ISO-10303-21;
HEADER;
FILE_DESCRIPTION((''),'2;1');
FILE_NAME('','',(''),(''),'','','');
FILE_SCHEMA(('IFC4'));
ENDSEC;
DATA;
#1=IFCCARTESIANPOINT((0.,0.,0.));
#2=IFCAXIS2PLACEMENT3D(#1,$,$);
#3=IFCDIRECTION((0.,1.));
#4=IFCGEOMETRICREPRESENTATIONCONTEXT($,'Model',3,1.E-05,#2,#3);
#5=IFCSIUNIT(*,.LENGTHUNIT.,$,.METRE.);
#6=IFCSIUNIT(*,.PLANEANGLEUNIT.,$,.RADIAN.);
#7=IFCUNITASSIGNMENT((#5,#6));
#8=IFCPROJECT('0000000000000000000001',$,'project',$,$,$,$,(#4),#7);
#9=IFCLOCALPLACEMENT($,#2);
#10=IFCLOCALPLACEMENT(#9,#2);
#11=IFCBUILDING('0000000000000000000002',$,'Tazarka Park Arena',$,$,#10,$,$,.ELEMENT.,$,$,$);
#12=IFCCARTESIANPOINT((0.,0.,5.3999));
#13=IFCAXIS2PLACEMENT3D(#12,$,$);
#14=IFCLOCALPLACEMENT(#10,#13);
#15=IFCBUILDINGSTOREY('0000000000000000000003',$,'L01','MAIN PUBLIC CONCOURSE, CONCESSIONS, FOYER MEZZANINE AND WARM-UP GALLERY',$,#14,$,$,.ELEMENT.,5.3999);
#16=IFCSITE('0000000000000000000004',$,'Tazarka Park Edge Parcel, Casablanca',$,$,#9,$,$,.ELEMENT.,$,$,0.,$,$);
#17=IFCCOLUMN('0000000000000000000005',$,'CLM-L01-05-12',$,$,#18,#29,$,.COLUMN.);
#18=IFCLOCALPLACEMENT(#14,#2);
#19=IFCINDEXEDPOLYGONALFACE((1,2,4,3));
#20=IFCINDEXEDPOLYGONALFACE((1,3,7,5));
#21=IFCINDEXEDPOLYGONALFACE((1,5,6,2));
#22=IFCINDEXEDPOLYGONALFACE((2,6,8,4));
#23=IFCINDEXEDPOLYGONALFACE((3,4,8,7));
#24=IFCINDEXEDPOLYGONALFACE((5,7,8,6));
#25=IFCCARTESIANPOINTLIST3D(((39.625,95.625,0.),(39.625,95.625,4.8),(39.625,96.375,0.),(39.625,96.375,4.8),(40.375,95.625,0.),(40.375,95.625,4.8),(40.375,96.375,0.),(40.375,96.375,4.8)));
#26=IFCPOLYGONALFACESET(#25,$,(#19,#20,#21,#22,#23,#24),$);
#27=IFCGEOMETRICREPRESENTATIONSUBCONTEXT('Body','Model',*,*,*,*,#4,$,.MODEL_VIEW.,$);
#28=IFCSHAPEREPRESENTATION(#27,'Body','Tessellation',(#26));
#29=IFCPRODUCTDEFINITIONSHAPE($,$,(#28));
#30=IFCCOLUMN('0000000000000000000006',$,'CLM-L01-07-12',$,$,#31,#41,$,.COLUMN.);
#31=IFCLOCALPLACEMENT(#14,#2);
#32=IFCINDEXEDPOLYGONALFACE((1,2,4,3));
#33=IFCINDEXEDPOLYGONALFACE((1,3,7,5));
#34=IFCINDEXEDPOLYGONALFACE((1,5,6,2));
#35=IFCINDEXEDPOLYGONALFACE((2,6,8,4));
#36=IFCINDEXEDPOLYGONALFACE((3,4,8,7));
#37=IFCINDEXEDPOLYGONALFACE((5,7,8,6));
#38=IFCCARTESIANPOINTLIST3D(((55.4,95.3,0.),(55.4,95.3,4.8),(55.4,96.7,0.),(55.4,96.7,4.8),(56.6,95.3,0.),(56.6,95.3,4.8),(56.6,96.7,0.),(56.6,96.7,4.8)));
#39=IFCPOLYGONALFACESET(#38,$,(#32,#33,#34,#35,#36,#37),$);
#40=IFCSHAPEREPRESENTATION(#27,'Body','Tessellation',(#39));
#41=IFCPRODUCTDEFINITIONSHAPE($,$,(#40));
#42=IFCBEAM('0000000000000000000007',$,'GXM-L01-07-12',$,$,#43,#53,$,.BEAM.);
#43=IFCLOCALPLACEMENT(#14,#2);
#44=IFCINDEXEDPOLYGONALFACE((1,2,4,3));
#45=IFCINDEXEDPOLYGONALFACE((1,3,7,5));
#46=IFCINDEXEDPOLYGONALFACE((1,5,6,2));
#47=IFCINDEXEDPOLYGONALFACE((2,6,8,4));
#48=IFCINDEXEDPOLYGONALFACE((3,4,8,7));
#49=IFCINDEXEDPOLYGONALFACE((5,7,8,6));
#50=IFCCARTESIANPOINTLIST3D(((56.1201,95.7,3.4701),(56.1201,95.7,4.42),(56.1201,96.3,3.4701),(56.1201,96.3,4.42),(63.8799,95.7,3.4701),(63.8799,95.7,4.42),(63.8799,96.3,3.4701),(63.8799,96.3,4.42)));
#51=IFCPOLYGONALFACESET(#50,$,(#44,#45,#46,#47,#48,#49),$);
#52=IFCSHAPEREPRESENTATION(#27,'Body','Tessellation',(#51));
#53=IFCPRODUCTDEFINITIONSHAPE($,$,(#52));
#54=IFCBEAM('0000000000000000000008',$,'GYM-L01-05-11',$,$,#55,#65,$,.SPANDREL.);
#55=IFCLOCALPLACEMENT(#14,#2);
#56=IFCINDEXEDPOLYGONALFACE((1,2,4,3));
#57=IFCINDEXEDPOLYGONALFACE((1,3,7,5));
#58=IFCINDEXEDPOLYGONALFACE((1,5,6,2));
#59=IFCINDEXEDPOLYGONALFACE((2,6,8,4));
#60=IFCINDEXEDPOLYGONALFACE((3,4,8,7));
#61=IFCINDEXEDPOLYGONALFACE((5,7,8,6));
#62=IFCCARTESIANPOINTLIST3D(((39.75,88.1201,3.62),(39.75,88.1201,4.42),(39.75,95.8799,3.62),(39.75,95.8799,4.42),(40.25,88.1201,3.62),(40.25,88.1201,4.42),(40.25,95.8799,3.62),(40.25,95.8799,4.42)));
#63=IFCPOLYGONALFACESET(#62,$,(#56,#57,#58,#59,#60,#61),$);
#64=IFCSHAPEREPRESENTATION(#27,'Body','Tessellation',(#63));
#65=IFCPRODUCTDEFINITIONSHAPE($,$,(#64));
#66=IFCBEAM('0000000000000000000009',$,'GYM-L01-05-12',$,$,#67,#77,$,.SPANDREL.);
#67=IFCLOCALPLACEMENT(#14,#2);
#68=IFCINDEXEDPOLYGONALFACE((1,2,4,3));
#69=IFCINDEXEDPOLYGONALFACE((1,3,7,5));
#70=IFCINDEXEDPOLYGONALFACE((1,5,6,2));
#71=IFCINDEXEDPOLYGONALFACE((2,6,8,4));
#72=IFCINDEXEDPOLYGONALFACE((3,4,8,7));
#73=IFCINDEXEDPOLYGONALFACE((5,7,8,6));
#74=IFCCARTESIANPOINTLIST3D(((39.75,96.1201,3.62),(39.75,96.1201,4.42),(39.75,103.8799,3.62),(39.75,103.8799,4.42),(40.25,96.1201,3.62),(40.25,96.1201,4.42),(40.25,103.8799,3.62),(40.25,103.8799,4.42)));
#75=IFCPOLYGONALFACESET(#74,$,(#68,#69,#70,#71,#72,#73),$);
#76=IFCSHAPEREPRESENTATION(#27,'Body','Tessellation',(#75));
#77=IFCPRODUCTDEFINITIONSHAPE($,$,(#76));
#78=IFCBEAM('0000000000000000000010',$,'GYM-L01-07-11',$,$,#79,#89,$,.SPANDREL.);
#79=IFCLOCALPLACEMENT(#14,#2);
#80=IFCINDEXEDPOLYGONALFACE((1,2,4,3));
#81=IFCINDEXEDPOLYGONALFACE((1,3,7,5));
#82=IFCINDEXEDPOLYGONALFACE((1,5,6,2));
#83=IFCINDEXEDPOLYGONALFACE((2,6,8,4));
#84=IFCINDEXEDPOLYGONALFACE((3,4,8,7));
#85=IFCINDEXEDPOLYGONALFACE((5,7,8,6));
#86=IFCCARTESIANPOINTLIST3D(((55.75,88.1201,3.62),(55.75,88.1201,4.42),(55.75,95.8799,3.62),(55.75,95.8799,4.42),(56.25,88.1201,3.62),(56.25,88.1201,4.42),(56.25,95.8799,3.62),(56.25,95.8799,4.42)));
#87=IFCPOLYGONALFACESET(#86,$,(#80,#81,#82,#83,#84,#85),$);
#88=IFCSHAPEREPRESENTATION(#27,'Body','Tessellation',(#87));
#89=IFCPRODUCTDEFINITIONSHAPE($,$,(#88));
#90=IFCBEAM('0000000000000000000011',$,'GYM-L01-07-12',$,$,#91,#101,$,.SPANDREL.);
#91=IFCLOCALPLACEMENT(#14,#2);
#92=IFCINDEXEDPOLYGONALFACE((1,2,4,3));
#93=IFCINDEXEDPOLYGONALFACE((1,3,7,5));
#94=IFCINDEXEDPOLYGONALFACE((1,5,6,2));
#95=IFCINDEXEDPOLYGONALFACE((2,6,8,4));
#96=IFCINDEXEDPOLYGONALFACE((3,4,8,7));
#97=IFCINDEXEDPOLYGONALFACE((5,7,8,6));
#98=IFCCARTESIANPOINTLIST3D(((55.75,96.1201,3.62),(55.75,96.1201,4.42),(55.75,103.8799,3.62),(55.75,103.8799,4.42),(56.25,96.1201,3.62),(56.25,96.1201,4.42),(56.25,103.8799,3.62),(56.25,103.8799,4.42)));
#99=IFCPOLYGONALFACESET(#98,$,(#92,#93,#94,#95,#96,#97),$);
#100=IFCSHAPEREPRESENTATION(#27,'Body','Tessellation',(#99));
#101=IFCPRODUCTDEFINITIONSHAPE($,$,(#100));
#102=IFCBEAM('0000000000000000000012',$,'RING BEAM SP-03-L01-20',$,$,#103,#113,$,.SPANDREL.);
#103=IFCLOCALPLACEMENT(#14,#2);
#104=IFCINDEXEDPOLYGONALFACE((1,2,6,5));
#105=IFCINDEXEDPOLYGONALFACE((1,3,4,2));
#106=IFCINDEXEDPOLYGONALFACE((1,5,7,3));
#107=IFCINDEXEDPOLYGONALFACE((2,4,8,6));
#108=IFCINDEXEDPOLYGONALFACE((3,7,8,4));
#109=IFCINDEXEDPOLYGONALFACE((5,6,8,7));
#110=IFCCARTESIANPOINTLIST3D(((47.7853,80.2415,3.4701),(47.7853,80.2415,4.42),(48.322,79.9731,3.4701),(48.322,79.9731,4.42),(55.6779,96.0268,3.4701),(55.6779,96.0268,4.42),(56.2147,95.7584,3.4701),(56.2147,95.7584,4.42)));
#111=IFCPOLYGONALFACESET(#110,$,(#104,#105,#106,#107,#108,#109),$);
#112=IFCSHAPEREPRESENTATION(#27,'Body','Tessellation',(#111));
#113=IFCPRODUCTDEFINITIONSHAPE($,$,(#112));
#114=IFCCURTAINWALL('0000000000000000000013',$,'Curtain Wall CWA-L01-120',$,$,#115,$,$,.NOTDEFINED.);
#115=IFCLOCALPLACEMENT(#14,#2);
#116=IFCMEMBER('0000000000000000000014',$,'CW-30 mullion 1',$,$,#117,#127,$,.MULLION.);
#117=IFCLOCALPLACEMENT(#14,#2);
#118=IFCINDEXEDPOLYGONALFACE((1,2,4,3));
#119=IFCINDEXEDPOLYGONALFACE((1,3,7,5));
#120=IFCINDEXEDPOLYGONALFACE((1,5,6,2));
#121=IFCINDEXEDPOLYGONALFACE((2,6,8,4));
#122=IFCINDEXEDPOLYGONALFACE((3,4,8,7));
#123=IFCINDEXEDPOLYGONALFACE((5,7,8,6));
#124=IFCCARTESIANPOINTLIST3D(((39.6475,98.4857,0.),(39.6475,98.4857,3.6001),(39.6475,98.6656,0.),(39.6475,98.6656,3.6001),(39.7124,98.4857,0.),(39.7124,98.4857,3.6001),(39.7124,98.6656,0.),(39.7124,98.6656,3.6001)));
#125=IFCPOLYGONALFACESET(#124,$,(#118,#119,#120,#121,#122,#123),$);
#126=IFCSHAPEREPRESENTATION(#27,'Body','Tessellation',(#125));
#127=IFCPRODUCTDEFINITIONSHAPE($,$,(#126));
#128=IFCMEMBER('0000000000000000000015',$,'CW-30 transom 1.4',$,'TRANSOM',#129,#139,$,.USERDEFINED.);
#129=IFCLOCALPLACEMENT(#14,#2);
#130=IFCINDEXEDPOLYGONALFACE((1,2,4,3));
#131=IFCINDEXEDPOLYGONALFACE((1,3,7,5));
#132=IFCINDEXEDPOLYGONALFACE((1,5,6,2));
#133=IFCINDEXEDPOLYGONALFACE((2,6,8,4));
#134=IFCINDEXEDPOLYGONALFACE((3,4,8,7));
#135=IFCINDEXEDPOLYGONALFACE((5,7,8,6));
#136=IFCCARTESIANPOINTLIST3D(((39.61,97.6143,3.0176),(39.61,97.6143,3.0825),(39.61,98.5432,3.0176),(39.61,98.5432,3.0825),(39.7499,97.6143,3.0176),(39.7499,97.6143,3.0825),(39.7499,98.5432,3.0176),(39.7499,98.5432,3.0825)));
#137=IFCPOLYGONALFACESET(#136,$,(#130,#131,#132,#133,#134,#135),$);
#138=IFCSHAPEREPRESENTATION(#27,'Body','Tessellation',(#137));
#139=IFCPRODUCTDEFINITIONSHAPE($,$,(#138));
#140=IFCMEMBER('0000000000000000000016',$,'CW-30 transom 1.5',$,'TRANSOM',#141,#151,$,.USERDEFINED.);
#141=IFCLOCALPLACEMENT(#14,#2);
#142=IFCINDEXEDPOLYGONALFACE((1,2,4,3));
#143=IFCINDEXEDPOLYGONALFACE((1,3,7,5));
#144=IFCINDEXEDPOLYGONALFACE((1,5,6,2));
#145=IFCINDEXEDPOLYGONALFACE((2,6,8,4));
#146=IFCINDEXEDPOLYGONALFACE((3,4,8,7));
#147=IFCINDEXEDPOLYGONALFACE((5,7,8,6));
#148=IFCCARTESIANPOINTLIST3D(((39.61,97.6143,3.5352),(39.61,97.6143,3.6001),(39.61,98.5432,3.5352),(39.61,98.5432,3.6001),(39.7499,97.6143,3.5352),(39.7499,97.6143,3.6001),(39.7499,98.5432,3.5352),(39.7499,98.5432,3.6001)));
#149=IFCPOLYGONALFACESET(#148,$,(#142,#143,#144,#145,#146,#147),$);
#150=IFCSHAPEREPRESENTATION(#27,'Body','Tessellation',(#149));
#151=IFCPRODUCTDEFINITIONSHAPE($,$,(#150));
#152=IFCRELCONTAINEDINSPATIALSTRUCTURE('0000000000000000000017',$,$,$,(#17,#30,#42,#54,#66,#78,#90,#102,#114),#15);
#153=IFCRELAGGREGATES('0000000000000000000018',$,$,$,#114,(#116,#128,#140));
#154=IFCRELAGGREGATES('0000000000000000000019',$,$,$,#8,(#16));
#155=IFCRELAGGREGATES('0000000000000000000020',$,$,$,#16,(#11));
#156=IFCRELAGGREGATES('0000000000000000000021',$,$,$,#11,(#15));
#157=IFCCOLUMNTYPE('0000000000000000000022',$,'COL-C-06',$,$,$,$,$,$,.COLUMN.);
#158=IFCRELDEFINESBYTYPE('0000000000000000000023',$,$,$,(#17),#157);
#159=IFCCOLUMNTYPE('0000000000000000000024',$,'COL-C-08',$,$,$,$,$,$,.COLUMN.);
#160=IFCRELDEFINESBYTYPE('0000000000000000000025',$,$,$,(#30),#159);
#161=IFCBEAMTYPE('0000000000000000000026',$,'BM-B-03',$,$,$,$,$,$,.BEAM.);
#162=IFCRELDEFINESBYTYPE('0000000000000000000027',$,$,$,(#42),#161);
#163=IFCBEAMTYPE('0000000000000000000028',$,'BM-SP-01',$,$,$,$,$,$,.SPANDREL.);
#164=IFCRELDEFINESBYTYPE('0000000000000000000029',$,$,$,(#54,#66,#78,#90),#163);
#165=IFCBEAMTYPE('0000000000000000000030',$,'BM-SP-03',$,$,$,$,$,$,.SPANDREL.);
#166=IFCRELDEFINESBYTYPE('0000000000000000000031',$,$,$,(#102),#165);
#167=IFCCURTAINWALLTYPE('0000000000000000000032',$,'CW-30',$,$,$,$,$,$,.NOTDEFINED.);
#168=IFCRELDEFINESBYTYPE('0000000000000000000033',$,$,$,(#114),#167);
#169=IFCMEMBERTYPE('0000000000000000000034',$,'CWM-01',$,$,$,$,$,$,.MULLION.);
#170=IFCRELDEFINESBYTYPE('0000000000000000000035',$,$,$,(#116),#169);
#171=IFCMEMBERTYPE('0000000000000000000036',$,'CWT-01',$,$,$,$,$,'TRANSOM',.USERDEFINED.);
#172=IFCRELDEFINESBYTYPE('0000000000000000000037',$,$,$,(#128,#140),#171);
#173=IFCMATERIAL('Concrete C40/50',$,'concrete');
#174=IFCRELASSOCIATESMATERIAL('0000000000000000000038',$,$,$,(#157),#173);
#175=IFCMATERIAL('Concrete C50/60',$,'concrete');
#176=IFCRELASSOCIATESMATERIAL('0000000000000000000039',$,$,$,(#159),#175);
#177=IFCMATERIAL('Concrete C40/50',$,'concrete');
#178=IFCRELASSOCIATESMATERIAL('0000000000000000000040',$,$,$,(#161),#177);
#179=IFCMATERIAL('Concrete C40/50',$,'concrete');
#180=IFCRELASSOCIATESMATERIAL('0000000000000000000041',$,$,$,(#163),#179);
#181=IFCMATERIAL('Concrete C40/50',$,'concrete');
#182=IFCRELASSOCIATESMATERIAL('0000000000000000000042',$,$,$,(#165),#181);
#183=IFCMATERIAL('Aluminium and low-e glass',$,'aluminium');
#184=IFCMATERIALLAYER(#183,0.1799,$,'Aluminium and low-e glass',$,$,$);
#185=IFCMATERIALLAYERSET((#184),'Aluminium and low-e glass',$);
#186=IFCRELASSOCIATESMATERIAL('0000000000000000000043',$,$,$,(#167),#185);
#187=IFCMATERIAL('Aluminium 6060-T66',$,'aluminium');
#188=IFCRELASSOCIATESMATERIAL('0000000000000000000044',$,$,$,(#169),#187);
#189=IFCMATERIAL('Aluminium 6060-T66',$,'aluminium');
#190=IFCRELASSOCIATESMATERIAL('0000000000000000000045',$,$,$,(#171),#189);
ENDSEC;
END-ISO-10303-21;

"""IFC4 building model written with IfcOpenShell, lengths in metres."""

from ifc_helpers import new_model, si_unit, direction, frame, origin, origin_2d, place, context, subcontext, project, spatial, rectangle, extrude, material, layer, layer_set, material_profile, profile_set, type_object, element, aggregate, save


model = new_model("IFC4")

# Units and contexts
model_context = context("Model", 3, precision=1e-05, world=origin(), true_north=direction((0.0, 1.0)))
body_context = subcontext(model_context, "Body", "Model", "MODEL_VIEW")
ifc_project = project(units=[si_unit("LENGTHUNIT", "METRE"), si_unit("PLANEANGLEUNIT", "RADIAN")], contexts=[model_context])

# Site, building, storey
site_placement = place(None, origin())
site = spatial("IfcSite", under=ifc_project, at=site_placement, Name="Tazarka Park Edge Parcel, Casablanca", CompositionType="ELEMENT", RefElevation=0.0)
building_placement = place(site_placement, origin())
building = spatial("IfcBuilding", under=site, at=building_placement, Name="Tazarka Park Arena", CompositionType="ELEMENT")
storey_placement = place(building_placement, frame((0.0, 0.0, 5.3999)))
storey = spatial("IfcBuildingStorey", under=building, at=storey_placement, Name="L01", Description="MAIN PUBLIC CONCOURSE, CONCESSIONS, FOYER MEZZANINE AND WARM-UP GALLERY", CompositionType="ELEMENT", Elevation=5.3999)

# Columns
ifc_material_1 = material(Name="Concrete C40/50", Category="concrete")
ifc_material_profile_1 = material_profile(ifc_material_1, rectangle(XDim=0.75, YDim=0.75, at=origin_2d()), Name="Concrete C40/50")
ifc_profile_set_1 = profile_set([ifc_material_profile_1], Name="Concrete C40/50")
column_type_1 = type_object("IfcColumnType", Name="COL-C-06", PredefinedType="COLUMN", material=ifc_profile_set_1)
column_1_placement = place(storey_placement, frame((40.0, 96.0, 0.0), z_axis=(0.0, 0.0, 1.0), x_axis=(1.0, 0.0, 0.0)))
element("IfcColumn", 1, at=column_1_placement, inside=storey, type_object=column_type_1, Name="CLM-L01-05-12", PredefinedType="COLUMN", context=body_context, shape_type="SweptSolid", body=[
    extrude(rectangle(XDim=0.75, YDim=0.75, at=origin_2d()), origin(), (0.0, 0.0, 1.0), 4.8),
])
ifc_material_2 = material(Name="Concrete C50/60", Category="concrete")
ifc_material_profile_2 = material_profile(ifc_material_2, rectangle(XDim=1.2, YDim=1.3999, at=origin_2d()), Name="Concrete C50/60")
ifc_profile_set_2 = profile_set([ifc_material_profile_2], Name="Concrete C50/60")
column_type_2 = type_object("IfcColumnType", Name="COL-C-08", PredefinedType="COLUMN", material=ifc_profile_set_2)
column_2_placement = place(storey_placement, frame((56.0, 96.0, 0.0), z_axis=(0.0, 0.0, 1.0), x_axis=(1.0, 0.0, 0.0)))
element("IfcColumn", 2, at=column_2_placement, inside=storey, type_object=column_type_2, Name="CLM-L01-07-12", PredefinedType="COLUMN", context=body_context, shape_type="SweptSolid", body=[
    extrude(rectangle(XDim=1.2, YDim=1.3999, at=origin_2d()), origin(), (0.0, 0.0, 1.0), 4.8),
])

# Beams
ifc_material_3 = material(Name="Concrete C40/50", Category="concrete")
ifc_material_profile_3 = material_profile(ifc_material_3, rectangle(XDim=0.6001, YDim=0.95, at=origin_2d()), Name="Concrete C40/50")
ifc_profile_set_3 = profile_set([ifc_material_profile_3], Name="Concrete C40/50")
beam_type_1 = type_object("IfcBeamType", Name="BM-B-03", PredefinedType="BEAM", material=ifc_profile_set_3)
beam_1_placement = place(storey_placement, frame((56.1201, 96.0, 3.9451), z_axis=(1.0, 0.0, 0.0), x_axis=(0.0, 1.0, 0.0)))
element("IfcBeam", 3, at=beam_1_placement, inside=storey, type_object=beam_type_1, Name="GXM-L01-07-12", PredefinedType="BEAM", context=body_context, shape_type="SweptSolid", body=[
    extrude(rectangle(XDim=0.6001, YDim=0.95, at=origin_2d()), origin(), (0.0, 0.0, 1.0), 7.7598),
])
ifc_material_4 = material(Name="Concrete C40/50", Category="concrete")
ifc_material_profile_4 = material_profile(ifc_material_4, rectangle(XDim=0.5, YDim=0.8, at=origin_2d()), Name="Concrete C40/50")
ifc_profile_set_4 = profile_set([ifc_material_profile_4], Name="Concrete C40/50")
beam_type_2 = type_object("IfcBeamType", Name="BM-SP-01", PredefinedType="SPANDREL", material=ifc_profile_set_4)
for number, where, z_axis, x_axis, name in (
    (4, (40.0, 88.1201, 4.02), (0.0, 1.0, 0.0), (-1.0, 0.0, 0.0), "GYM-L01-05-11"),
    (5, (40.0, 96.1201, 4.02), (0.0, 1.0, 0.0), (-1.0, 0.0, 0.0), "GYM-L01-05-12"),
    (6, (56.0, 88.1201, 4.02), (0.0, 1.0, 0.0), (-1.0, 0.0, 0.0), "GYM-L01-07-11"),
    (7, (56.0, 96.1201, 4.02), (0.0, 1.0, 0.0), (-1.0, 0.0, 0.0), "GYM-L01-07-12"),
):
    element("IfcBeam", number, at=place(storey_placement, frame(where, z_axis=z_axis, x_axis=x_axis)), inside=storey, type_object=beam_type_2, Name=name, PredefinedType="SPANDREL", context=body_context, shape_type="SweptSolid", body=[
        extrude(rectangle(XDim=0.5, YDim=0.8, at=origin_2d()), origin(), (0.0, 0.0, 1.0), 7.7598),
    ])
ifc_material_5 = material(Name="Concrete C40/50", Category="concrete")
ifc_material_profile_5 = material_profile(ifc_material_5, rectangle(XDim=0.6001, YDim=0.95, at=origin_2d()), Name="Concrete C40/50")
ifc_profile_set_5 = profile_set([ifc_material_profile_5], Name="Concrete C40/50")
beam_type_3 = type_object("IfcBeamType", Name="BM-SP-03", PredefinedType="SPANDREL", material=ifc_profile_set_5)
beam_2_placement = place(storey_placement, frame((55.9463, 95.8926, 3.9451), z_axis=(-0.447214, -0.894427, 0.0), x_axis=(0.894427, -0.447214, 0.0)))
element("IfcBeam", 8, at=beam_2_placement, inside=storey, type_object=beam_type_3, Name="RING BEAM SP-03-L01-20", PredefinedType="SPANDREL", context=body_context, shape_type="SweptSolid", body=[
    extrude(rectangle(XDim=0.6001, YDim=0.95, at=origin_2d()), origin(), (0.0, 0.0, 1.0), 17.6484),
])

# Curtain wall, members
ifc_material_6 = material(Name="Aluminium and low-e glass", Category="aluminium")
ifc_layer_1 = layer(ifc_material_6, 0.1799, Name="Aluminium and low-e glass")
ifc_layer_set_1 = layer_set([ifc_layer_1], Name="Aluminium and low-e glass")
curtain_wall_type = type_object("IfcCurtainWallType", Name="CW-30", PredefinedType="NOTDEFINED", material=ifc_layer_set_1)
curtain_wall_placement = place(storey_placement, origin())
curtain_wall = element("IfcCurtainWall", 9, at=curtain_wall_placement, inside=storey, type_object=curtain_wall_type, Name="Curtain Wall CWA-L01-120", PredefinedType="NOTDEFINED")
ifc_material_7 = material(Name="Aluminium 6060-T66", Category="aluminium")
ifc_material_profile_6 = material_profile(ifc_material_7, rectangle(XDim=0.0649, YDim=0.1799, at=origin_2d()), Name="Aluminium 6060-T66")
ifc_profile_set_6 = profile_set([ifc_material_profile_6], Name="Aluminium 6060-T66")
member_type_1 = type_object("IfcMemberType", Name="CWM-01", PredefinedType="MULLION", material=ifc_profile_set_6)
member_1_placement = place(storey_placement, frame((39.6799, 98.5757, 0.0), z_axis=(0.0, 0.0, 1.0), x_axis=(1.0, 0.0, 0.0)))
member_1 = element("IfcMember", 10, at=member_1_placement, type_object=member_type_1, Name="CW-30 mullion 1", PredefinedType="MULLION", context=body_context, shape_type="SweptSolid", body=[
    extrude(rectangle(XDim=0.0649, YDim=0.1799, at=origin_2d()), origin(), (0.0, 0.0, 1.0), 3.6001),
])
ifc_material_8 = material(Name="Aluminium 6060-T66", Category="aluminium")
ifc_material_profile_7 = material_profile(ifc_material_8, rectangle(XDim=0.1399, YDim=0.0649, at=origin_2d()), Name="Aluminium 6060-T66")
ifc_profile_set_7 = profile_set([ifc_material_profile_7], Name="Aluminium 6060-T66")
member_type_2 = type_object("IfcMemberType", Name="CWT-01", ElementType="TRANSOM", PredefinedType="USERDEFINED", material=ifc_profile_set_7)
member_2_placement = place(storey_placement, frame((39.6799, 98.5432, 3.05), z_axis=(0.0, -1.0, 0.0), x_axis=(1.0, 0.0, 0.0)))
member_2 = element("IfcMember", 11, at=member_2_placement, type_object=member_type_2, Name="CW-30 transom 1.4", ObjectType="TRANSOM", PredefinedType="USERDEFINED", context=body_context, shape_type="SweptSolid", body=[
    extrude(rectangle(XDim=0.1399, YDim=0.0649, at=origin_2d()), origin(), (0.0, 0.0, 1.0), 0.929),
])
member_3_placement = place(storey_placement, frame((39.6799, 98.5432, 3.5676), z_axis=(0.0, -1.0, 0.0), x_axis=(1.0, 0.0, 0.0)))
member_3 = element("IfcMember", 12, at=member_3_placement, type_object=member_type_2, Name="CW-30 transom 1.5", ObjectType="TRANSOM", PredefinedType="USERDEFINED", context=body_context, shape_type="SweptSolid", body=[
    extrude(rectangle(XDim=0.1399, YDim=0.0649, at=origin_2d()), origin(), (0.0, 0.0, 1.0), 0.929),
])
aggregate(curtain_wall, [member_1, member_2, member_3])

save(model, "model.ifc")
